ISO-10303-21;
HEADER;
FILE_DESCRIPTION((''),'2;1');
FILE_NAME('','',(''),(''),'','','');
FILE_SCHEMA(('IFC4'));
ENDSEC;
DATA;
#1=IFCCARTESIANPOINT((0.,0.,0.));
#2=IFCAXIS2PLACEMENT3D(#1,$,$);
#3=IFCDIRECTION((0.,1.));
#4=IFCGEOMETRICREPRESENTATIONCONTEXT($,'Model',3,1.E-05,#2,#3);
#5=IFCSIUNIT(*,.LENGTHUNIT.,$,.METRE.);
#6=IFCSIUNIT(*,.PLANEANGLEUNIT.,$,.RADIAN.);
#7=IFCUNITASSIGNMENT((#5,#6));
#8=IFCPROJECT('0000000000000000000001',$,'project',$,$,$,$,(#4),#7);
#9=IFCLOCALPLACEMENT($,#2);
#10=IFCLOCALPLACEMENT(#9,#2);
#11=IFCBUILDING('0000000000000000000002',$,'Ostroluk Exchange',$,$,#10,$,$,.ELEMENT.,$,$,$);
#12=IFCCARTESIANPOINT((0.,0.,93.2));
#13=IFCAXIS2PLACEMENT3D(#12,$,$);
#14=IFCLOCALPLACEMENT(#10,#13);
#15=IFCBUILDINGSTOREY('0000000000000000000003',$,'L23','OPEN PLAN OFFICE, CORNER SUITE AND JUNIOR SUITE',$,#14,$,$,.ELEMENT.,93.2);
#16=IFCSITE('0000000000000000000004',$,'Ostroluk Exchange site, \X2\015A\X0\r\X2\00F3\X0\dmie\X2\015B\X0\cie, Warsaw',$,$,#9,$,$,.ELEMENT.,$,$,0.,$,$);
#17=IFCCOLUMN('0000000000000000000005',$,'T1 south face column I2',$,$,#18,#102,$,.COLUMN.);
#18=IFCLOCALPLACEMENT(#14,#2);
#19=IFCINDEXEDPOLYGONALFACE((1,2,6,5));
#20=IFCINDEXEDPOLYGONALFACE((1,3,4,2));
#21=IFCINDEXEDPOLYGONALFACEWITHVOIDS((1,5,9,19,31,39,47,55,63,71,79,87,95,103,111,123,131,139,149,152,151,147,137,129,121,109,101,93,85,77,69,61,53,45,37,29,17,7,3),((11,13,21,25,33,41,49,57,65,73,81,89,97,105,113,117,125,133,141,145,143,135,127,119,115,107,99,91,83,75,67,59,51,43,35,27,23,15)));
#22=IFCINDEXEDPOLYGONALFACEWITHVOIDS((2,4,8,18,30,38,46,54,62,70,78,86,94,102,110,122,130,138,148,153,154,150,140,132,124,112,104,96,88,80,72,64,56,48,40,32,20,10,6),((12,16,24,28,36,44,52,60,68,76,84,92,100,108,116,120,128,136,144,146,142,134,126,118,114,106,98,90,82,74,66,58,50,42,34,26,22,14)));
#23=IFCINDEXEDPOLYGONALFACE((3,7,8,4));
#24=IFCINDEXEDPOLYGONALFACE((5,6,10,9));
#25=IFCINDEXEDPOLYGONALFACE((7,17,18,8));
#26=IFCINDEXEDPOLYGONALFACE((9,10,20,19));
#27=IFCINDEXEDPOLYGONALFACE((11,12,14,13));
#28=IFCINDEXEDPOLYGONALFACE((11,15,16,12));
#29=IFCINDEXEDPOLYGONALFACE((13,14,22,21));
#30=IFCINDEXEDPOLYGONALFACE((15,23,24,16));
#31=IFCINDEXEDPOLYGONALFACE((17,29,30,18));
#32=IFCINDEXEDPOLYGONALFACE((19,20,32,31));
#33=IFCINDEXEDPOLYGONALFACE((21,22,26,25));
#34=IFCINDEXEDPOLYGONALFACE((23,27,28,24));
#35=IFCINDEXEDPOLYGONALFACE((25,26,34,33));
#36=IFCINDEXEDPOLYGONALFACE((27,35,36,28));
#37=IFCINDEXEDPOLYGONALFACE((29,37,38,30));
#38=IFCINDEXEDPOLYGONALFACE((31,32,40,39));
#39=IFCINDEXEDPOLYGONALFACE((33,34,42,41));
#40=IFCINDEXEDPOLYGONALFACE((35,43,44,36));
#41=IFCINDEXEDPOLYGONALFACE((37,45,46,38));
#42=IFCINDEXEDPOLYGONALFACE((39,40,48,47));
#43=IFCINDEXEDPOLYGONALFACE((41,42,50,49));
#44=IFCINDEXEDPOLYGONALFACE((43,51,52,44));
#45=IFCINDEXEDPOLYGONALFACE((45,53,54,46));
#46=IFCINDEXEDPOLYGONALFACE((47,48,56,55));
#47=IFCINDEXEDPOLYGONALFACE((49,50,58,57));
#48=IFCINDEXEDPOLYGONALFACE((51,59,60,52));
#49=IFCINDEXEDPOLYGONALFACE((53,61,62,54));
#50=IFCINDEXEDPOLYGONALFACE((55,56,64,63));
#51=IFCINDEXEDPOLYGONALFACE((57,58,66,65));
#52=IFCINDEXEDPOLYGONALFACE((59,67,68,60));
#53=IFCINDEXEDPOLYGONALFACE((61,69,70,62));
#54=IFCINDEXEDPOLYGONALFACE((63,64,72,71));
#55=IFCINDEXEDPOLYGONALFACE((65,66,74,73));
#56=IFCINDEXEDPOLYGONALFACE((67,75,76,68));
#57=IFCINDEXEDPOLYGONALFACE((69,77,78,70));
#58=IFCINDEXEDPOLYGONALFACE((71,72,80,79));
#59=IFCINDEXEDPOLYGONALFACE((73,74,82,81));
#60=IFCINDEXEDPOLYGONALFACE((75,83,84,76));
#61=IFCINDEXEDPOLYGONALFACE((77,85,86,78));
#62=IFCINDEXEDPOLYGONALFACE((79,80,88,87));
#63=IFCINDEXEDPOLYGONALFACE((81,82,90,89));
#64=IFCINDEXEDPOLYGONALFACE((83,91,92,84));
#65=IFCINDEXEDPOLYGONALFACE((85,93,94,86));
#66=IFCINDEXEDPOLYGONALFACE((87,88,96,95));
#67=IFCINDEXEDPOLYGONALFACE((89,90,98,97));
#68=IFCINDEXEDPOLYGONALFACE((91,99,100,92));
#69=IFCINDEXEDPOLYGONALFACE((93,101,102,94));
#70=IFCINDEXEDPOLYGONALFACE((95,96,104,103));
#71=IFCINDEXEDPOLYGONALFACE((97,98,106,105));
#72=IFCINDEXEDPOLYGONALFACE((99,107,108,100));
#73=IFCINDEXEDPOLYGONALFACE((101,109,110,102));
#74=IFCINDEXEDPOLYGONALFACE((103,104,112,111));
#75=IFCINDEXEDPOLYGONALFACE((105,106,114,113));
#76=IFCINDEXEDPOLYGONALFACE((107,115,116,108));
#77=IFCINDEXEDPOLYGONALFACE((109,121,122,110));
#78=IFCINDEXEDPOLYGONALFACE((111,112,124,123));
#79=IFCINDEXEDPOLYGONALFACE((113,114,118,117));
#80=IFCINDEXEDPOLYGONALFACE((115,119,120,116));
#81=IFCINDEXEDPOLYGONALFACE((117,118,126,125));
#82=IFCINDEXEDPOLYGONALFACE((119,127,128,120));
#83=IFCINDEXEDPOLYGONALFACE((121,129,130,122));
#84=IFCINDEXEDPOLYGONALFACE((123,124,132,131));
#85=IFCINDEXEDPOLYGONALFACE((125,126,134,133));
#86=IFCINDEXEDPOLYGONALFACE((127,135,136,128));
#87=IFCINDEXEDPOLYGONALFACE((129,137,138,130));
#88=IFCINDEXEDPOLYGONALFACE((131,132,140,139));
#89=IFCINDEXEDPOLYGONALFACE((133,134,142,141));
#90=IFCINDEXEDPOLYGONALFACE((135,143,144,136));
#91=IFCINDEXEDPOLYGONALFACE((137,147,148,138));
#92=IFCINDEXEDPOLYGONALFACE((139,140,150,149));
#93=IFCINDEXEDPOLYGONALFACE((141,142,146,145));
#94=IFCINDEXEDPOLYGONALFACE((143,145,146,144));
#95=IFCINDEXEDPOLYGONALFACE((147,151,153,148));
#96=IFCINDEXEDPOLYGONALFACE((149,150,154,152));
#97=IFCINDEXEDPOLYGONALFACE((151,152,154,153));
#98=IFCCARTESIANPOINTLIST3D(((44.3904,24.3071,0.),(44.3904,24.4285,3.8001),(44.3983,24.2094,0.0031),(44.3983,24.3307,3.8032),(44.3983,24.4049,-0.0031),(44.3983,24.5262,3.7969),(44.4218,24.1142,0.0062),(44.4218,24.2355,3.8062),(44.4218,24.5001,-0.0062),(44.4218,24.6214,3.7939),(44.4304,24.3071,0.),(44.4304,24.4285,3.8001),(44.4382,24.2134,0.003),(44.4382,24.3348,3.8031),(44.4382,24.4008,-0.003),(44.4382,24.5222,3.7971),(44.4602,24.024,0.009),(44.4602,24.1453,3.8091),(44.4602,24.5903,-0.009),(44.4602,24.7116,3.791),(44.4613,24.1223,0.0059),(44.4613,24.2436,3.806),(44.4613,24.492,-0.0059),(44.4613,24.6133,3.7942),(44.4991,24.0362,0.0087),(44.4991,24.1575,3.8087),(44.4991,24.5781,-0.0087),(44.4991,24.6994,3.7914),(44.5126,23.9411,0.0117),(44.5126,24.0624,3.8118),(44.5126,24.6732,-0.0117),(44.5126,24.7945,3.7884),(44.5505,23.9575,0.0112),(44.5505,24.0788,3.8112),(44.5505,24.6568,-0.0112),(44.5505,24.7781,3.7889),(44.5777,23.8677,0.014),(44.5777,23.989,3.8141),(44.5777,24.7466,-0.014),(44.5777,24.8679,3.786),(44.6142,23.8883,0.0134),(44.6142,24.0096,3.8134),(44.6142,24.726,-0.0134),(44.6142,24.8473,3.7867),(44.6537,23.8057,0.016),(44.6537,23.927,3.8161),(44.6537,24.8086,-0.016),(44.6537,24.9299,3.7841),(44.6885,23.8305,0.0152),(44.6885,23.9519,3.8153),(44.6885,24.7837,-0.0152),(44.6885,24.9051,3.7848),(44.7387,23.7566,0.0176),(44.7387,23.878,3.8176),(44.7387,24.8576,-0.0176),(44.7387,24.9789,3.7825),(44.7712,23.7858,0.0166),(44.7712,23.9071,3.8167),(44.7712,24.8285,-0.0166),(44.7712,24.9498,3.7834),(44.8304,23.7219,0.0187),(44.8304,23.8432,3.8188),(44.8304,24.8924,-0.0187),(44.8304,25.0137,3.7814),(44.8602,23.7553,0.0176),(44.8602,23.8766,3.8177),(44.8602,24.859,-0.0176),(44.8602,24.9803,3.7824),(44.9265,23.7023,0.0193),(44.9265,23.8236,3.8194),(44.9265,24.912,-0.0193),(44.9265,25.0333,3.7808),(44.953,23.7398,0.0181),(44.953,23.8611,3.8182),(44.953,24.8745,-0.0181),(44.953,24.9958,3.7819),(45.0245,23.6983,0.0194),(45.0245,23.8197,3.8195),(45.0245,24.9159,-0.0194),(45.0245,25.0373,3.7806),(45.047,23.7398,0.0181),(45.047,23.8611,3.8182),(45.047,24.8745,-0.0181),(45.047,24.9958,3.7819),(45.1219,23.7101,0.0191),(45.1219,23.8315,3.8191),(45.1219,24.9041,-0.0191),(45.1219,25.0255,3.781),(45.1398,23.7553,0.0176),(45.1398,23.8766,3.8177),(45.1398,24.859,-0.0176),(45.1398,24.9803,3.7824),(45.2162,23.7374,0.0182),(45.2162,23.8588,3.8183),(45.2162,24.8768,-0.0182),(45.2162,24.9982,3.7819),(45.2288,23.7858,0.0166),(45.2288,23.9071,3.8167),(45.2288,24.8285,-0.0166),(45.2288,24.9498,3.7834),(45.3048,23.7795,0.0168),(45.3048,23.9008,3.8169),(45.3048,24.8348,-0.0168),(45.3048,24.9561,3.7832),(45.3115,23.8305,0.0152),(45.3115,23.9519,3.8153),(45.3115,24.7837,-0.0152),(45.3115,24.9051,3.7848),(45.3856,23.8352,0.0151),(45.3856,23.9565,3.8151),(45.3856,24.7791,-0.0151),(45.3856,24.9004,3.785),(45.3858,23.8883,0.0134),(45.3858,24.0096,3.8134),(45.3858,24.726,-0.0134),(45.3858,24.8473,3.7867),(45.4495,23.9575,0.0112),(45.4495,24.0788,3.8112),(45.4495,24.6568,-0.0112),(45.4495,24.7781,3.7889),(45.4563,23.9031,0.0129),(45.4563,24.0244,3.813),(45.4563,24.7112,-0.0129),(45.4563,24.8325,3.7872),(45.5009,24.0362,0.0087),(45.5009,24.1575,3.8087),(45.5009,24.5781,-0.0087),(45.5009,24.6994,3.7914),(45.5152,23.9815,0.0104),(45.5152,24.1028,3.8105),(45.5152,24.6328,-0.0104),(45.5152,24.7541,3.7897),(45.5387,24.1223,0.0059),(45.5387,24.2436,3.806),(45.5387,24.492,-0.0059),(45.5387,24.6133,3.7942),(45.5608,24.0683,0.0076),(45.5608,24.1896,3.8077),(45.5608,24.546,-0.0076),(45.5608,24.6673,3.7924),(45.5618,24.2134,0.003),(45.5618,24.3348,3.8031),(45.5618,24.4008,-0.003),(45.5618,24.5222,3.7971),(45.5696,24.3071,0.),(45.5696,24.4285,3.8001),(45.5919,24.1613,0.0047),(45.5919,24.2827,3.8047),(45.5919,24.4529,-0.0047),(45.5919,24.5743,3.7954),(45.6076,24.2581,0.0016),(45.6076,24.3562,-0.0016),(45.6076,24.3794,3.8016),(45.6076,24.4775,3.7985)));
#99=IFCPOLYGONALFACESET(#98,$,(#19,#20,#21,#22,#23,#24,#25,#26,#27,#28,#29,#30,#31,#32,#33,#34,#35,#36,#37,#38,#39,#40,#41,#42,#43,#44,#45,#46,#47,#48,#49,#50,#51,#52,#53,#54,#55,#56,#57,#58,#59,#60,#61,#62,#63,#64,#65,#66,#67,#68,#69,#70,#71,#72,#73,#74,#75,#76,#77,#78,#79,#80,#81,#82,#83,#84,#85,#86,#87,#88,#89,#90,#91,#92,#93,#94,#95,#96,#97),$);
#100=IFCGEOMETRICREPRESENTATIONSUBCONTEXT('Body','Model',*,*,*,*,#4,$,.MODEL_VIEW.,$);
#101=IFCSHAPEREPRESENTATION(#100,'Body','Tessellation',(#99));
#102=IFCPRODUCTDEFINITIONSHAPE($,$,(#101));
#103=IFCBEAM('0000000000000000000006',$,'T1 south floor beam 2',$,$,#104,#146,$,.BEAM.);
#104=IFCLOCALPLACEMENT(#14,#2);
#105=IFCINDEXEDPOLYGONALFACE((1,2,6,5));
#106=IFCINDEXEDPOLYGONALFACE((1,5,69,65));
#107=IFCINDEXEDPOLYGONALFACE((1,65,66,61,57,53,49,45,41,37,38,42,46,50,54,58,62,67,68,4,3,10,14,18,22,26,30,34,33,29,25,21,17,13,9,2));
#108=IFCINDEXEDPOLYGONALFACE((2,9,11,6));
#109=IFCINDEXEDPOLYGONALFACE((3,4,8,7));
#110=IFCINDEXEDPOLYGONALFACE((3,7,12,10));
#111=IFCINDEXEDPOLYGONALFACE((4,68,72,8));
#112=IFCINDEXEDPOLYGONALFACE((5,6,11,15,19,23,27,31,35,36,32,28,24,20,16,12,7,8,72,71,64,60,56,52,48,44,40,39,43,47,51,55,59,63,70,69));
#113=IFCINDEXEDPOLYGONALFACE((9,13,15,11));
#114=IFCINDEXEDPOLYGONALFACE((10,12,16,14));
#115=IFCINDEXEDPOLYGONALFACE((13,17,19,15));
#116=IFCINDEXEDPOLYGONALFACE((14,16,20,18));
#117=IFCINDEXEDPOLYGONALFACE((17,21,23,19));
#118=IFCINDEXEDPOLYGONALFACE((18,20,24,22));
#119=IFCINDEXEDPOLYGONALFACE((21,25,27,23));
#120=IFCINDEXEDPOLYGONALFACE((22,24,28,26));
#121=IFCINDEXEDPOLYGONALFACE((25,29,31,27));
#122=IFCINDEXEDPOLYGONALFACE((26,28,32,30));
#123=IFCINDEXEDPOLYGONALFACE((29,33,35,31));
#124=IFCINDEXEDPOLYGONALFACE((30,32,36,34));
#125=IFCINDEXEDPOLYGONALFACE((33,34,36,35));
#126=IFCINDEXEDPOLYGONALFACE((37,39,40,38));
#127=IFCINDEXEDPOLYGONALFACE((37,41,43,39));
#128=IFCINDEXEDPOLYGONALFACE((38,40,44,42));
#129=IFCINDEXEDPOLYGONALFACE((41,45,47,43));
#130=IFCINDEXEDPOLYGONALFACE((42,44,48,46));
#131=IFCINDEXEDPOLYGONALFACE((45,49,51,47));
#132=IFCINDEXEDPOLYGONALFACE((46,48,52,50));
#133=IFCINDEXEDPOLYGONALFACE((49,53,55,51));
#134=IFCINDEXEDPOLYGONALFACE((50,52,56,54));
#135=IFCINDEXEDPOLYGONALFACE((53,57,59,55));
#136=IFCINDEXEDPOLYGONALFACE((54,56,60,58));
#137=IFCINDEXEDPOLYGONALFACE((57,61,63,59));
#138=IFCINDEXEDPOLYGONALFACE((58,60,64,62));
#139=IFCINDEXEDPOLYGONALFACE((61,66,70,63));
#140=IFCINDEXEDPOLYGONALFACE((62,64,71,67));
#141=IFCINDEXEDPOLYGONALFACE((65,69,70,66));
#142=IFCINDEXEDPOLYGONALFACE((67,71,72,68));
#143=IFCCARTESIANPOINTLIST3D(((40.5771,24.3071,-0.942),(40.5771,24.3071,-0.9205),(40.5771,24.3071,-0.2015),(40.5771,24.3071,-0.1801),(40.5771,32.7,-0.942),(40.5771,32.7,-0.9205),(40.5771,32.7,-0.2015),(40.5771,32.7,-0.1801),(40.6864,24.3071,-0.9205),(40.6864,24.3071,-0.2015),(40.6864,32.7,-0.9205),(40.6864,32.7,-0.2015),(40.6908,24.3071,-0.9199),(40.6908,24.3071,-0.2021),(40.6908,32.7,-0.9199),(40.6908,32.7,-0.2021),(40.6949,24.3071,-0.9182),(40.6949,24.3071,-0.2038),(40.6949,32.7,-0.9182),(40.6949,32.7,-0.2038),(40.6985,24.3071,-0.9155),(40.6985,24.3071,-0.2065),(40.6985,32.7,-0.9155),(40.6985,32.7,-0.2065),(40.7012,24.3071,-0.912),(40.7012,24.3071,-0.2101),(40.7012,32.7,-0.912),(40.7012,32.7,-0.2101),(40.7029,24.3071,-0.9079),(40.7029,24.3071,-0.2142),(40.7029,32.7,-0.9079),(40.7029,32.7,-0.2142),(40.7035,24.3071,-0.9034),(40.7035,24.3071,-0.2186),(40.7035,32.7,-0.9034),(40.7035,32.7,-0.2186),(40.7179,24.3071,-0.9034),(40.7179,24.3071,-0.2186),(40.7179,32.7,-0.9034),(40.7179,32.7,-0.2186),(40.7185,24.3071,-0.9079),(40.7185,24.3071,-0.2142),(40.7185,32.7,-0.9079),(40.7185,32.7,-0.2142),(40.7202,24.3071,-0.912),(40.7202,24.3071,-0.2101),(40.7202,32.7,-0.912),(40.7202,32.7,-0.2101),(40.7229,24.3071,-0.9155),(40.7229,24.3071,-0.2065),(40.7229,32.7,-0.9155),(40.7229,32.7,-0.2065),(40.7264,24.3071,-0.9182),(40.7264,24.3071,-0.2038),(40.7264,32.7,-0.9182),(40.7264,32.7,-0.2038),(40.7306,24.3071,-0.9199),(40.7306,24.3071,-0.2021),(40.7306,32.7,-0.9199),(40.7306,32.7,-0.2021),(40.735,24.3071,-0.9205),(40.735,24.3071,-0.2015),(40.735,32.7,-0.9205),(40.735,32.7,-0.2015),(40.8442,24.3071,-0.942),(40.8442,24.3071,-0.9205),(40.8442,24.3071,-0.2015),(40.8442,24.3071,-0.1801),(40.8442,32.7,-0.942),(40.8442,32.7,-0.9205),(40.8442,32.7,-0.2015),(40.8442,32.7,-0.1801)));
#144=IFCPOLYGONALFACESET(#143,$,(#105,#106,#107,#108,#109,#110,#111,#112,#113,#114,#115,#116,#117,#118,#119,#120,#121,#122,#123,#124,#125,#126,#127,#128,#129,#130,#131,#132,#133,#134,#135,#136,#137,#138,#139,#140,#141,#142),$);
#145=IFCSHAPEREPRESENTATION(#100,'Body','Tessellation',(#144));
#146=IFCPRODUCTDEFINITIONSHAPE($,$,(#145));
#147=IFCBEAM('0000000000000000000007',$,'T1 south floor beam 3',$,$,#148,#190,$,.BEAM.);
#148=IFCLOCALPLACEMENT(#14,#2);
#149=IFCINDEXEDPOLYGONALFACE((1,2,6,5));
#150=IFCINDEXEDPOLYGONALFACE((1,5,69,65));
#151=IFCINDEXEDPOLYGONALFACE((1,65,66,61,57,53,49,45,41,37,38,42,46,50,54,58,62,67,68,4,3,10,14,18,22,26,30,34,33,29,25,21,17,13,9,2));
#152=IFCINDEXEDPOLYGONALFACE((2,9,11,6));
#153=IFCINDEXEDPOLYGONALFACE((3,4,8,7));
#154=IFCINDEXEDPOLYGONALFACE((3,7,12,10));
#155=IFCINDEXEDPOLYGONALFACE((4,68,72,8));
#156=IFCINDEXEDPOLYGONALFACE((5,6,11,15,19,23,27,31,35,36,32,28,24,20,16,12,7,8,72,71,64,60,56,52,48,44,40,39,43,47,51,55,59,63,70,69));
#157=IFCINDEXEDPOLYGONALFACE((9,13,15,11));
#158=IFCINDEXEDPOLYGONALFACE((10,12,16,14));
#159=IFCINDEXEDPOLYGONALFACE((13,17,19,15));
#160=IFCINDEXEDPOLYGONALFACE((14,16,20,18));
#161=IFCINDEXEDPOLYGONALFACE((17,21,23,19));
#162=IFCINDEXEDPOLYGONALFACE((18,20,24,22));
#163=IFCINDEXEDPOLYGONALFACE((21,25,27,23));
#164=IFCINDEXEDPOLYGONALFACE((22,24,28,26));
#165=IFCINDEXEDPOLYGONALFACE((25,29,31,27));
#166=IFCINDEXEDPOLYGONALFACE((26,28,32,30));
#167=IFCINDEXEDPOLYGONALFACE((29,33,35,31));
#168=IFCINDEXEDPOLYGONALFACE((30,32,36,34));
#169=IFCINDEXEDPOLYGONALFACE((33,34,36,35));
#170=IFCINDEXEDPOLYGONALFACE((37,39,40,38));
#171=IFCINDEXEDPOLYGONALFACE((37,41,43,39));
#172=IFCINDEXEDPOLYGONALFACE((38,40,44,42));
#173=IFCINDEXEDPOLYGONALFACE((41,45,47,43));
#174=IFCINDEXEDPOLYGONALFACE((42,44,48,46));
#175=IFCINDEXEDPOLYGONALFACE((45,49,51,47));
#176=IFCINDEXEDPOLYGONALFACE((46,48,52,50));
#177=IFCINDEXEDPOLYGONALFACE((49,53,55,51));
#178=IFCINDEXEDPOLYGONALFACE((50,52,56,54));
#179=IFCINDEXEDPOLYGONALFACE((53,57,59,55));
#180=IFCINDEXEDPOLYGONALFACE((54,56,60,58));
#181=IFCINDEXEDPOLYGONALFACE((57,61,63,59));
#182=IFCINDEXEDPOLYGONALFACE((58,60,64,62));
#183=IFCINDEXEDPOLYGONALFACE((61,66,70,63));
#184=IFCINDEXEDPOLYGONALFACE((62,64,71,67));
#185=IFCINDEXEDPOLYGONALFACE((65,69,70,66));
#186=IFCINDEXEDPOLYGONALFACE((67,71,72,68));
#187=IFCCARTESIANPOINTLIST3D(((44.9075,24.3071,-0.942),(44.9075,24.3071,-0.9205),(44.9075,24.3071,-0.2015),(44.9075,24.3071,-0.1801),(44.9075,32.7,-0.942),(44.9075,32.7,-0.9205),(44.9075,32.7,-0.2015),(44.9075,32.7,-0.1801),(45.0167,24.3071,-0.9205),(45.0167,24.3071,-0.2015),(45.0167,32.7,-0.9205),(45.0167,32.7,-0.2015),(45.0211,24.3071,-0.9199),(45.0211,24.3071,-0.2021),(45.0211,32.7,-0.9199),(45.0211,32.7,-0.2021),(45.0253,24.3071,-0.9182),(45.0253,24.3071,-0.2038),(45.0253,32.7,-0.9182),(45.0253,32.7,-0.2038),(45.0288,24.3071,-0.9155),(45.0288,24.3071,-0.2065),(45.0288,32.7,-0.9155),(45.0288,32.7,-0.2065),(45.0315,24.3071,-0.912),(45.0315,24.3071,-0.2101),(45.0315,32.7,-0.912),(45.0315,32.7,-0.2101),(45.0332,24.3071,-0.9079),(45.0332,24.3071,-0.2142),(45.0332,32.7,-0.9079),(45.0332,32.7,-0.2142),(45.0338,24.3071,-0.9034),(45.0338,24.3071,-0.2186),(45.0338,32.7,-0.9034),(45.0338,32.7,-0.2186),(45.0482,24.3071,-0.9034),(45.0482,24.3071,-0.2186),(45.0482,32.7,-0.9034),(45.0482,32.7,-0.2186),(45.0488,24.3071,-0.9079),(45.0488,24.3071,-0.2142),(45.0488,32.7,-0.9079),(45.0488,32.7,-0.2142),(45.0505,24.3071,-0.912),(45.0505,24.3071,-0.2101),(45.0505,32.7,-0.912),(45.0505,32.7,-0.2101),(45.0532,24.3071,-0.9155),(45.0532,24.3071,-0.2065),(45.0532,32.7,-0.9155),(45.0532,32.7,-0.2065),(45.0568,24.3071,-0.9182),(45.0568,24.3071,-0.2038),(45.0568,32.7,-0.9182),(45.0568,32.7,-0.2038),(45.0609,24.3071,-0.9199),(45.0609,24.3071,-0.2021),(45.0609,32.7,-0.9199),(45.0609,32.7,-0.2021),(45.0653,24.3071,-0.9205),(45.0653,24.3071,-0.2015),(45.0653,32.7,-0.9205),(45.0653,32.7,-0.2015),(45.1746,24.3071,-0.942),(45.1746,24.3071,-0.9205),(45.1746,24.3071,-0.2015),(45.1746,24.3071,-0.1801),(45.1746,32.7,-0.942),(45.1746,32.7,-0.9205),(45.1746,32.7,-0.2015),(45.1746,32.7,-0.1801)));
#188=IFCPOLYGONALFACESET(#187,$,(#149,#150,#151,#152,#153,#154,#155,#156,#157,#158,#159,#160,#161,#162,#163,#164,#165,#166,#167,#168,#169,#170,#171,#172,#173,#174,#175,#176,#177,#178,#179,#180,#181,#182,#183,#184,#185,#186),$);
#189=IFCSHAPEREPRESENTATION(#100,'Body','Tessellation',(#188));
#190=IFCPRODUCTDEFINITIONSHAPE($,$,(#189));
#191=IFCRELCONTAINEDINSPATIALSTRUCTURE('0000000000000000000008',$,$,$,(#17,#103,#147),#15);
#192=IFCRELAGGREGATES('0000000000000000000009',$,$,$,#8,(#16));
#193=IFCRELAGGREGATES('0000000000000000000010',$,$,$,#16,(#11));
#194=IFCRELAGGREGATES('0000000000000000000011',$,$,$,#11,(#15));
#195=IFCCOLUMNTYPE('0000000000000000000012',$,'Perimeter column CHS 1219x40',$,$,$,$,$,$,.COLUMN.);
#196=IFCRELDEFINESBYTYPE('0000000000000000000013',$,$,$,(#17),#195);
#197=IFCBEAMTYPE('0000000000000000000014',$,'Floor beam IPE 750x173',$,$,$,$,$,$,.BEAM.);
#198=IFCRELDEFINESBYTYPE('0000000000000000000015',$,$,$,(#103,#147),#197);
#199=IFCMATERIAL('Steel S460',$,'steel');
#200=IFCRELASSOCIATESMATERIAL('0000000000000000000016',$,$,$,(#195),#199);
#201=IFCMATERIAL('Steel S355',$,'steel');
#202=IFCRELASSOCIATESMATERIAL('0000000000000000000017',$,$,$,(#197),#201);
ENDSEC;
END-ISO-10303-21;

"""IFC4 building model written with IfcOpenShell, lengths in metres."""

from ifc_helpers import new_model, si_unit, direction, frame, origin, origin_2d, place, context, subcontext, project, spatial, hollow_circle, i_section, extrude, material, material_profile, profile_set, type_object, element, save


model = new_model("IFC4")

# Units and contexts
model_context = context("Model", 3, precision=1e-05, world=origin(), true_north=direction((0.0, 1.0)))
body_context = subcontext(model_context, "Body", "Model", "MODEL_VIEW")
ifc_project = project(units=[si_unit("LENGTHUNIT", "METRE"), si_unit("PLANEANGLEUNIT", "RADIAN")], contexts=[model_context])

# Site, building, storey
site_placement = place(None, origin())
site = spatial("IfcSite", under=ifc_project, at=site_placement, Name="Ostroluk Exchange site, Śródmieście, Warsaw", CompositionType="ELEMENT", RefElevation=0.0)
building_placement = place(site_placement, origin())
building = spatial("IfcBuilding", under=site, at=building_placement, Name="Ostroluk Exchange", CompositionType="ELEMENT")
storey_placement = place(building_placement, frame((0.0, 0.0, 93.2)))
storey = spatial("IfcBuildingStorey", under=building, at=storey_placement, Name="L23", Description="OPEN PLAN OFFICE, CORNER SUITE AND JUNIOR SUITE", CompositionType="ELEMENT", Elevation=93.2)

# Column
ifc_material_1 = material(Name="Steel S460", Category="steel")
ifc_material_profile_1 = material_profile(ifc_material_1, hollow_circle(Radius=0.6096, WallThickness=0.04, at=origin_2d()), Name="CHS 1219x40")
ifc_profile_set_1 = profile_set([ifc_material_profile_1], Name="Steel S460")
column_type = type_object("IfcColumnType", Name="Perimeter column CHS 1219x40", PredefinedType="COLUMN", material=ifc_profile_set_1)
column_placement = place(storey_placement, frame((45.0, 24.3071, 0.0), z_axis=(0.0, 0.031914, 0.999491), x_axis=(-1.0, 0.0, 0.0)))
element("IfcColumn", 1, at=column_placement, inside=storey, type_object=column_type, Name="T1 south face column I2", PredefinedType="COLUMN", context=body_context, shape_type="SweptSolid", body=[
    extrude(hollow_circle(Radius=0.6096, WallThickness=0.04, at=origin_2d()), origin(), (0.0, 0.0, 1.0), 3.802),
])

# Beams
ifc_material_2 = material(Name="Steel S355", Category="steel")
ifc_material_profile_2 = material_profile(ifc_material_2, i_section(OverallWidth=0.2671, OverallDepth=0.762, WebThickness=0.0144, FlangeThickness=0.0215, FilletRadius=0.0171, at=origin_2d()), Name="IPE 750x173")
ifc_profile_set_2 = profile_set([ifc_material_profile_2], Name="Steel S355")
beam_type_1 = type_object("IfcBeamType", Name="Floor beam IPE 750x173", PredefinedType="BEAM", material=ifc_profile_set_2)
for number, where, z_axis, x_axis, name in (
    (2, (40.7107, 32.7, -0.561), (0.0, -1.0, 0.0), (1.0, 0.0, 0.0), "T1 south floor beam 2"),
    (3, (45.041, 32.7, -0.561), (0.0, -1.0, 0.0), (1.0, 0.0, 0.0), "T1 south floor beam 3"),
):
    element("IfcBeam", number, at=place(storey_placement, frame(where, z_axis=z_axis, x_axis=x_axis)), inside=storey, type_object=beam_type_1, Name=name, PredefinedType="BEAM", context=body_context, shape_type="SweptSolid", body=[
        extrude(i_section(OverallWidth=0.2671, OverallDepth=0.762, WebThickness=0.0144, FlangeThickness=0.0215, FilletRadius=0.0171, at=origin_2d()), origin(), (0.0, 0.0, 1.0), 8.3928),
    ])

save(model, "model.ifc")
